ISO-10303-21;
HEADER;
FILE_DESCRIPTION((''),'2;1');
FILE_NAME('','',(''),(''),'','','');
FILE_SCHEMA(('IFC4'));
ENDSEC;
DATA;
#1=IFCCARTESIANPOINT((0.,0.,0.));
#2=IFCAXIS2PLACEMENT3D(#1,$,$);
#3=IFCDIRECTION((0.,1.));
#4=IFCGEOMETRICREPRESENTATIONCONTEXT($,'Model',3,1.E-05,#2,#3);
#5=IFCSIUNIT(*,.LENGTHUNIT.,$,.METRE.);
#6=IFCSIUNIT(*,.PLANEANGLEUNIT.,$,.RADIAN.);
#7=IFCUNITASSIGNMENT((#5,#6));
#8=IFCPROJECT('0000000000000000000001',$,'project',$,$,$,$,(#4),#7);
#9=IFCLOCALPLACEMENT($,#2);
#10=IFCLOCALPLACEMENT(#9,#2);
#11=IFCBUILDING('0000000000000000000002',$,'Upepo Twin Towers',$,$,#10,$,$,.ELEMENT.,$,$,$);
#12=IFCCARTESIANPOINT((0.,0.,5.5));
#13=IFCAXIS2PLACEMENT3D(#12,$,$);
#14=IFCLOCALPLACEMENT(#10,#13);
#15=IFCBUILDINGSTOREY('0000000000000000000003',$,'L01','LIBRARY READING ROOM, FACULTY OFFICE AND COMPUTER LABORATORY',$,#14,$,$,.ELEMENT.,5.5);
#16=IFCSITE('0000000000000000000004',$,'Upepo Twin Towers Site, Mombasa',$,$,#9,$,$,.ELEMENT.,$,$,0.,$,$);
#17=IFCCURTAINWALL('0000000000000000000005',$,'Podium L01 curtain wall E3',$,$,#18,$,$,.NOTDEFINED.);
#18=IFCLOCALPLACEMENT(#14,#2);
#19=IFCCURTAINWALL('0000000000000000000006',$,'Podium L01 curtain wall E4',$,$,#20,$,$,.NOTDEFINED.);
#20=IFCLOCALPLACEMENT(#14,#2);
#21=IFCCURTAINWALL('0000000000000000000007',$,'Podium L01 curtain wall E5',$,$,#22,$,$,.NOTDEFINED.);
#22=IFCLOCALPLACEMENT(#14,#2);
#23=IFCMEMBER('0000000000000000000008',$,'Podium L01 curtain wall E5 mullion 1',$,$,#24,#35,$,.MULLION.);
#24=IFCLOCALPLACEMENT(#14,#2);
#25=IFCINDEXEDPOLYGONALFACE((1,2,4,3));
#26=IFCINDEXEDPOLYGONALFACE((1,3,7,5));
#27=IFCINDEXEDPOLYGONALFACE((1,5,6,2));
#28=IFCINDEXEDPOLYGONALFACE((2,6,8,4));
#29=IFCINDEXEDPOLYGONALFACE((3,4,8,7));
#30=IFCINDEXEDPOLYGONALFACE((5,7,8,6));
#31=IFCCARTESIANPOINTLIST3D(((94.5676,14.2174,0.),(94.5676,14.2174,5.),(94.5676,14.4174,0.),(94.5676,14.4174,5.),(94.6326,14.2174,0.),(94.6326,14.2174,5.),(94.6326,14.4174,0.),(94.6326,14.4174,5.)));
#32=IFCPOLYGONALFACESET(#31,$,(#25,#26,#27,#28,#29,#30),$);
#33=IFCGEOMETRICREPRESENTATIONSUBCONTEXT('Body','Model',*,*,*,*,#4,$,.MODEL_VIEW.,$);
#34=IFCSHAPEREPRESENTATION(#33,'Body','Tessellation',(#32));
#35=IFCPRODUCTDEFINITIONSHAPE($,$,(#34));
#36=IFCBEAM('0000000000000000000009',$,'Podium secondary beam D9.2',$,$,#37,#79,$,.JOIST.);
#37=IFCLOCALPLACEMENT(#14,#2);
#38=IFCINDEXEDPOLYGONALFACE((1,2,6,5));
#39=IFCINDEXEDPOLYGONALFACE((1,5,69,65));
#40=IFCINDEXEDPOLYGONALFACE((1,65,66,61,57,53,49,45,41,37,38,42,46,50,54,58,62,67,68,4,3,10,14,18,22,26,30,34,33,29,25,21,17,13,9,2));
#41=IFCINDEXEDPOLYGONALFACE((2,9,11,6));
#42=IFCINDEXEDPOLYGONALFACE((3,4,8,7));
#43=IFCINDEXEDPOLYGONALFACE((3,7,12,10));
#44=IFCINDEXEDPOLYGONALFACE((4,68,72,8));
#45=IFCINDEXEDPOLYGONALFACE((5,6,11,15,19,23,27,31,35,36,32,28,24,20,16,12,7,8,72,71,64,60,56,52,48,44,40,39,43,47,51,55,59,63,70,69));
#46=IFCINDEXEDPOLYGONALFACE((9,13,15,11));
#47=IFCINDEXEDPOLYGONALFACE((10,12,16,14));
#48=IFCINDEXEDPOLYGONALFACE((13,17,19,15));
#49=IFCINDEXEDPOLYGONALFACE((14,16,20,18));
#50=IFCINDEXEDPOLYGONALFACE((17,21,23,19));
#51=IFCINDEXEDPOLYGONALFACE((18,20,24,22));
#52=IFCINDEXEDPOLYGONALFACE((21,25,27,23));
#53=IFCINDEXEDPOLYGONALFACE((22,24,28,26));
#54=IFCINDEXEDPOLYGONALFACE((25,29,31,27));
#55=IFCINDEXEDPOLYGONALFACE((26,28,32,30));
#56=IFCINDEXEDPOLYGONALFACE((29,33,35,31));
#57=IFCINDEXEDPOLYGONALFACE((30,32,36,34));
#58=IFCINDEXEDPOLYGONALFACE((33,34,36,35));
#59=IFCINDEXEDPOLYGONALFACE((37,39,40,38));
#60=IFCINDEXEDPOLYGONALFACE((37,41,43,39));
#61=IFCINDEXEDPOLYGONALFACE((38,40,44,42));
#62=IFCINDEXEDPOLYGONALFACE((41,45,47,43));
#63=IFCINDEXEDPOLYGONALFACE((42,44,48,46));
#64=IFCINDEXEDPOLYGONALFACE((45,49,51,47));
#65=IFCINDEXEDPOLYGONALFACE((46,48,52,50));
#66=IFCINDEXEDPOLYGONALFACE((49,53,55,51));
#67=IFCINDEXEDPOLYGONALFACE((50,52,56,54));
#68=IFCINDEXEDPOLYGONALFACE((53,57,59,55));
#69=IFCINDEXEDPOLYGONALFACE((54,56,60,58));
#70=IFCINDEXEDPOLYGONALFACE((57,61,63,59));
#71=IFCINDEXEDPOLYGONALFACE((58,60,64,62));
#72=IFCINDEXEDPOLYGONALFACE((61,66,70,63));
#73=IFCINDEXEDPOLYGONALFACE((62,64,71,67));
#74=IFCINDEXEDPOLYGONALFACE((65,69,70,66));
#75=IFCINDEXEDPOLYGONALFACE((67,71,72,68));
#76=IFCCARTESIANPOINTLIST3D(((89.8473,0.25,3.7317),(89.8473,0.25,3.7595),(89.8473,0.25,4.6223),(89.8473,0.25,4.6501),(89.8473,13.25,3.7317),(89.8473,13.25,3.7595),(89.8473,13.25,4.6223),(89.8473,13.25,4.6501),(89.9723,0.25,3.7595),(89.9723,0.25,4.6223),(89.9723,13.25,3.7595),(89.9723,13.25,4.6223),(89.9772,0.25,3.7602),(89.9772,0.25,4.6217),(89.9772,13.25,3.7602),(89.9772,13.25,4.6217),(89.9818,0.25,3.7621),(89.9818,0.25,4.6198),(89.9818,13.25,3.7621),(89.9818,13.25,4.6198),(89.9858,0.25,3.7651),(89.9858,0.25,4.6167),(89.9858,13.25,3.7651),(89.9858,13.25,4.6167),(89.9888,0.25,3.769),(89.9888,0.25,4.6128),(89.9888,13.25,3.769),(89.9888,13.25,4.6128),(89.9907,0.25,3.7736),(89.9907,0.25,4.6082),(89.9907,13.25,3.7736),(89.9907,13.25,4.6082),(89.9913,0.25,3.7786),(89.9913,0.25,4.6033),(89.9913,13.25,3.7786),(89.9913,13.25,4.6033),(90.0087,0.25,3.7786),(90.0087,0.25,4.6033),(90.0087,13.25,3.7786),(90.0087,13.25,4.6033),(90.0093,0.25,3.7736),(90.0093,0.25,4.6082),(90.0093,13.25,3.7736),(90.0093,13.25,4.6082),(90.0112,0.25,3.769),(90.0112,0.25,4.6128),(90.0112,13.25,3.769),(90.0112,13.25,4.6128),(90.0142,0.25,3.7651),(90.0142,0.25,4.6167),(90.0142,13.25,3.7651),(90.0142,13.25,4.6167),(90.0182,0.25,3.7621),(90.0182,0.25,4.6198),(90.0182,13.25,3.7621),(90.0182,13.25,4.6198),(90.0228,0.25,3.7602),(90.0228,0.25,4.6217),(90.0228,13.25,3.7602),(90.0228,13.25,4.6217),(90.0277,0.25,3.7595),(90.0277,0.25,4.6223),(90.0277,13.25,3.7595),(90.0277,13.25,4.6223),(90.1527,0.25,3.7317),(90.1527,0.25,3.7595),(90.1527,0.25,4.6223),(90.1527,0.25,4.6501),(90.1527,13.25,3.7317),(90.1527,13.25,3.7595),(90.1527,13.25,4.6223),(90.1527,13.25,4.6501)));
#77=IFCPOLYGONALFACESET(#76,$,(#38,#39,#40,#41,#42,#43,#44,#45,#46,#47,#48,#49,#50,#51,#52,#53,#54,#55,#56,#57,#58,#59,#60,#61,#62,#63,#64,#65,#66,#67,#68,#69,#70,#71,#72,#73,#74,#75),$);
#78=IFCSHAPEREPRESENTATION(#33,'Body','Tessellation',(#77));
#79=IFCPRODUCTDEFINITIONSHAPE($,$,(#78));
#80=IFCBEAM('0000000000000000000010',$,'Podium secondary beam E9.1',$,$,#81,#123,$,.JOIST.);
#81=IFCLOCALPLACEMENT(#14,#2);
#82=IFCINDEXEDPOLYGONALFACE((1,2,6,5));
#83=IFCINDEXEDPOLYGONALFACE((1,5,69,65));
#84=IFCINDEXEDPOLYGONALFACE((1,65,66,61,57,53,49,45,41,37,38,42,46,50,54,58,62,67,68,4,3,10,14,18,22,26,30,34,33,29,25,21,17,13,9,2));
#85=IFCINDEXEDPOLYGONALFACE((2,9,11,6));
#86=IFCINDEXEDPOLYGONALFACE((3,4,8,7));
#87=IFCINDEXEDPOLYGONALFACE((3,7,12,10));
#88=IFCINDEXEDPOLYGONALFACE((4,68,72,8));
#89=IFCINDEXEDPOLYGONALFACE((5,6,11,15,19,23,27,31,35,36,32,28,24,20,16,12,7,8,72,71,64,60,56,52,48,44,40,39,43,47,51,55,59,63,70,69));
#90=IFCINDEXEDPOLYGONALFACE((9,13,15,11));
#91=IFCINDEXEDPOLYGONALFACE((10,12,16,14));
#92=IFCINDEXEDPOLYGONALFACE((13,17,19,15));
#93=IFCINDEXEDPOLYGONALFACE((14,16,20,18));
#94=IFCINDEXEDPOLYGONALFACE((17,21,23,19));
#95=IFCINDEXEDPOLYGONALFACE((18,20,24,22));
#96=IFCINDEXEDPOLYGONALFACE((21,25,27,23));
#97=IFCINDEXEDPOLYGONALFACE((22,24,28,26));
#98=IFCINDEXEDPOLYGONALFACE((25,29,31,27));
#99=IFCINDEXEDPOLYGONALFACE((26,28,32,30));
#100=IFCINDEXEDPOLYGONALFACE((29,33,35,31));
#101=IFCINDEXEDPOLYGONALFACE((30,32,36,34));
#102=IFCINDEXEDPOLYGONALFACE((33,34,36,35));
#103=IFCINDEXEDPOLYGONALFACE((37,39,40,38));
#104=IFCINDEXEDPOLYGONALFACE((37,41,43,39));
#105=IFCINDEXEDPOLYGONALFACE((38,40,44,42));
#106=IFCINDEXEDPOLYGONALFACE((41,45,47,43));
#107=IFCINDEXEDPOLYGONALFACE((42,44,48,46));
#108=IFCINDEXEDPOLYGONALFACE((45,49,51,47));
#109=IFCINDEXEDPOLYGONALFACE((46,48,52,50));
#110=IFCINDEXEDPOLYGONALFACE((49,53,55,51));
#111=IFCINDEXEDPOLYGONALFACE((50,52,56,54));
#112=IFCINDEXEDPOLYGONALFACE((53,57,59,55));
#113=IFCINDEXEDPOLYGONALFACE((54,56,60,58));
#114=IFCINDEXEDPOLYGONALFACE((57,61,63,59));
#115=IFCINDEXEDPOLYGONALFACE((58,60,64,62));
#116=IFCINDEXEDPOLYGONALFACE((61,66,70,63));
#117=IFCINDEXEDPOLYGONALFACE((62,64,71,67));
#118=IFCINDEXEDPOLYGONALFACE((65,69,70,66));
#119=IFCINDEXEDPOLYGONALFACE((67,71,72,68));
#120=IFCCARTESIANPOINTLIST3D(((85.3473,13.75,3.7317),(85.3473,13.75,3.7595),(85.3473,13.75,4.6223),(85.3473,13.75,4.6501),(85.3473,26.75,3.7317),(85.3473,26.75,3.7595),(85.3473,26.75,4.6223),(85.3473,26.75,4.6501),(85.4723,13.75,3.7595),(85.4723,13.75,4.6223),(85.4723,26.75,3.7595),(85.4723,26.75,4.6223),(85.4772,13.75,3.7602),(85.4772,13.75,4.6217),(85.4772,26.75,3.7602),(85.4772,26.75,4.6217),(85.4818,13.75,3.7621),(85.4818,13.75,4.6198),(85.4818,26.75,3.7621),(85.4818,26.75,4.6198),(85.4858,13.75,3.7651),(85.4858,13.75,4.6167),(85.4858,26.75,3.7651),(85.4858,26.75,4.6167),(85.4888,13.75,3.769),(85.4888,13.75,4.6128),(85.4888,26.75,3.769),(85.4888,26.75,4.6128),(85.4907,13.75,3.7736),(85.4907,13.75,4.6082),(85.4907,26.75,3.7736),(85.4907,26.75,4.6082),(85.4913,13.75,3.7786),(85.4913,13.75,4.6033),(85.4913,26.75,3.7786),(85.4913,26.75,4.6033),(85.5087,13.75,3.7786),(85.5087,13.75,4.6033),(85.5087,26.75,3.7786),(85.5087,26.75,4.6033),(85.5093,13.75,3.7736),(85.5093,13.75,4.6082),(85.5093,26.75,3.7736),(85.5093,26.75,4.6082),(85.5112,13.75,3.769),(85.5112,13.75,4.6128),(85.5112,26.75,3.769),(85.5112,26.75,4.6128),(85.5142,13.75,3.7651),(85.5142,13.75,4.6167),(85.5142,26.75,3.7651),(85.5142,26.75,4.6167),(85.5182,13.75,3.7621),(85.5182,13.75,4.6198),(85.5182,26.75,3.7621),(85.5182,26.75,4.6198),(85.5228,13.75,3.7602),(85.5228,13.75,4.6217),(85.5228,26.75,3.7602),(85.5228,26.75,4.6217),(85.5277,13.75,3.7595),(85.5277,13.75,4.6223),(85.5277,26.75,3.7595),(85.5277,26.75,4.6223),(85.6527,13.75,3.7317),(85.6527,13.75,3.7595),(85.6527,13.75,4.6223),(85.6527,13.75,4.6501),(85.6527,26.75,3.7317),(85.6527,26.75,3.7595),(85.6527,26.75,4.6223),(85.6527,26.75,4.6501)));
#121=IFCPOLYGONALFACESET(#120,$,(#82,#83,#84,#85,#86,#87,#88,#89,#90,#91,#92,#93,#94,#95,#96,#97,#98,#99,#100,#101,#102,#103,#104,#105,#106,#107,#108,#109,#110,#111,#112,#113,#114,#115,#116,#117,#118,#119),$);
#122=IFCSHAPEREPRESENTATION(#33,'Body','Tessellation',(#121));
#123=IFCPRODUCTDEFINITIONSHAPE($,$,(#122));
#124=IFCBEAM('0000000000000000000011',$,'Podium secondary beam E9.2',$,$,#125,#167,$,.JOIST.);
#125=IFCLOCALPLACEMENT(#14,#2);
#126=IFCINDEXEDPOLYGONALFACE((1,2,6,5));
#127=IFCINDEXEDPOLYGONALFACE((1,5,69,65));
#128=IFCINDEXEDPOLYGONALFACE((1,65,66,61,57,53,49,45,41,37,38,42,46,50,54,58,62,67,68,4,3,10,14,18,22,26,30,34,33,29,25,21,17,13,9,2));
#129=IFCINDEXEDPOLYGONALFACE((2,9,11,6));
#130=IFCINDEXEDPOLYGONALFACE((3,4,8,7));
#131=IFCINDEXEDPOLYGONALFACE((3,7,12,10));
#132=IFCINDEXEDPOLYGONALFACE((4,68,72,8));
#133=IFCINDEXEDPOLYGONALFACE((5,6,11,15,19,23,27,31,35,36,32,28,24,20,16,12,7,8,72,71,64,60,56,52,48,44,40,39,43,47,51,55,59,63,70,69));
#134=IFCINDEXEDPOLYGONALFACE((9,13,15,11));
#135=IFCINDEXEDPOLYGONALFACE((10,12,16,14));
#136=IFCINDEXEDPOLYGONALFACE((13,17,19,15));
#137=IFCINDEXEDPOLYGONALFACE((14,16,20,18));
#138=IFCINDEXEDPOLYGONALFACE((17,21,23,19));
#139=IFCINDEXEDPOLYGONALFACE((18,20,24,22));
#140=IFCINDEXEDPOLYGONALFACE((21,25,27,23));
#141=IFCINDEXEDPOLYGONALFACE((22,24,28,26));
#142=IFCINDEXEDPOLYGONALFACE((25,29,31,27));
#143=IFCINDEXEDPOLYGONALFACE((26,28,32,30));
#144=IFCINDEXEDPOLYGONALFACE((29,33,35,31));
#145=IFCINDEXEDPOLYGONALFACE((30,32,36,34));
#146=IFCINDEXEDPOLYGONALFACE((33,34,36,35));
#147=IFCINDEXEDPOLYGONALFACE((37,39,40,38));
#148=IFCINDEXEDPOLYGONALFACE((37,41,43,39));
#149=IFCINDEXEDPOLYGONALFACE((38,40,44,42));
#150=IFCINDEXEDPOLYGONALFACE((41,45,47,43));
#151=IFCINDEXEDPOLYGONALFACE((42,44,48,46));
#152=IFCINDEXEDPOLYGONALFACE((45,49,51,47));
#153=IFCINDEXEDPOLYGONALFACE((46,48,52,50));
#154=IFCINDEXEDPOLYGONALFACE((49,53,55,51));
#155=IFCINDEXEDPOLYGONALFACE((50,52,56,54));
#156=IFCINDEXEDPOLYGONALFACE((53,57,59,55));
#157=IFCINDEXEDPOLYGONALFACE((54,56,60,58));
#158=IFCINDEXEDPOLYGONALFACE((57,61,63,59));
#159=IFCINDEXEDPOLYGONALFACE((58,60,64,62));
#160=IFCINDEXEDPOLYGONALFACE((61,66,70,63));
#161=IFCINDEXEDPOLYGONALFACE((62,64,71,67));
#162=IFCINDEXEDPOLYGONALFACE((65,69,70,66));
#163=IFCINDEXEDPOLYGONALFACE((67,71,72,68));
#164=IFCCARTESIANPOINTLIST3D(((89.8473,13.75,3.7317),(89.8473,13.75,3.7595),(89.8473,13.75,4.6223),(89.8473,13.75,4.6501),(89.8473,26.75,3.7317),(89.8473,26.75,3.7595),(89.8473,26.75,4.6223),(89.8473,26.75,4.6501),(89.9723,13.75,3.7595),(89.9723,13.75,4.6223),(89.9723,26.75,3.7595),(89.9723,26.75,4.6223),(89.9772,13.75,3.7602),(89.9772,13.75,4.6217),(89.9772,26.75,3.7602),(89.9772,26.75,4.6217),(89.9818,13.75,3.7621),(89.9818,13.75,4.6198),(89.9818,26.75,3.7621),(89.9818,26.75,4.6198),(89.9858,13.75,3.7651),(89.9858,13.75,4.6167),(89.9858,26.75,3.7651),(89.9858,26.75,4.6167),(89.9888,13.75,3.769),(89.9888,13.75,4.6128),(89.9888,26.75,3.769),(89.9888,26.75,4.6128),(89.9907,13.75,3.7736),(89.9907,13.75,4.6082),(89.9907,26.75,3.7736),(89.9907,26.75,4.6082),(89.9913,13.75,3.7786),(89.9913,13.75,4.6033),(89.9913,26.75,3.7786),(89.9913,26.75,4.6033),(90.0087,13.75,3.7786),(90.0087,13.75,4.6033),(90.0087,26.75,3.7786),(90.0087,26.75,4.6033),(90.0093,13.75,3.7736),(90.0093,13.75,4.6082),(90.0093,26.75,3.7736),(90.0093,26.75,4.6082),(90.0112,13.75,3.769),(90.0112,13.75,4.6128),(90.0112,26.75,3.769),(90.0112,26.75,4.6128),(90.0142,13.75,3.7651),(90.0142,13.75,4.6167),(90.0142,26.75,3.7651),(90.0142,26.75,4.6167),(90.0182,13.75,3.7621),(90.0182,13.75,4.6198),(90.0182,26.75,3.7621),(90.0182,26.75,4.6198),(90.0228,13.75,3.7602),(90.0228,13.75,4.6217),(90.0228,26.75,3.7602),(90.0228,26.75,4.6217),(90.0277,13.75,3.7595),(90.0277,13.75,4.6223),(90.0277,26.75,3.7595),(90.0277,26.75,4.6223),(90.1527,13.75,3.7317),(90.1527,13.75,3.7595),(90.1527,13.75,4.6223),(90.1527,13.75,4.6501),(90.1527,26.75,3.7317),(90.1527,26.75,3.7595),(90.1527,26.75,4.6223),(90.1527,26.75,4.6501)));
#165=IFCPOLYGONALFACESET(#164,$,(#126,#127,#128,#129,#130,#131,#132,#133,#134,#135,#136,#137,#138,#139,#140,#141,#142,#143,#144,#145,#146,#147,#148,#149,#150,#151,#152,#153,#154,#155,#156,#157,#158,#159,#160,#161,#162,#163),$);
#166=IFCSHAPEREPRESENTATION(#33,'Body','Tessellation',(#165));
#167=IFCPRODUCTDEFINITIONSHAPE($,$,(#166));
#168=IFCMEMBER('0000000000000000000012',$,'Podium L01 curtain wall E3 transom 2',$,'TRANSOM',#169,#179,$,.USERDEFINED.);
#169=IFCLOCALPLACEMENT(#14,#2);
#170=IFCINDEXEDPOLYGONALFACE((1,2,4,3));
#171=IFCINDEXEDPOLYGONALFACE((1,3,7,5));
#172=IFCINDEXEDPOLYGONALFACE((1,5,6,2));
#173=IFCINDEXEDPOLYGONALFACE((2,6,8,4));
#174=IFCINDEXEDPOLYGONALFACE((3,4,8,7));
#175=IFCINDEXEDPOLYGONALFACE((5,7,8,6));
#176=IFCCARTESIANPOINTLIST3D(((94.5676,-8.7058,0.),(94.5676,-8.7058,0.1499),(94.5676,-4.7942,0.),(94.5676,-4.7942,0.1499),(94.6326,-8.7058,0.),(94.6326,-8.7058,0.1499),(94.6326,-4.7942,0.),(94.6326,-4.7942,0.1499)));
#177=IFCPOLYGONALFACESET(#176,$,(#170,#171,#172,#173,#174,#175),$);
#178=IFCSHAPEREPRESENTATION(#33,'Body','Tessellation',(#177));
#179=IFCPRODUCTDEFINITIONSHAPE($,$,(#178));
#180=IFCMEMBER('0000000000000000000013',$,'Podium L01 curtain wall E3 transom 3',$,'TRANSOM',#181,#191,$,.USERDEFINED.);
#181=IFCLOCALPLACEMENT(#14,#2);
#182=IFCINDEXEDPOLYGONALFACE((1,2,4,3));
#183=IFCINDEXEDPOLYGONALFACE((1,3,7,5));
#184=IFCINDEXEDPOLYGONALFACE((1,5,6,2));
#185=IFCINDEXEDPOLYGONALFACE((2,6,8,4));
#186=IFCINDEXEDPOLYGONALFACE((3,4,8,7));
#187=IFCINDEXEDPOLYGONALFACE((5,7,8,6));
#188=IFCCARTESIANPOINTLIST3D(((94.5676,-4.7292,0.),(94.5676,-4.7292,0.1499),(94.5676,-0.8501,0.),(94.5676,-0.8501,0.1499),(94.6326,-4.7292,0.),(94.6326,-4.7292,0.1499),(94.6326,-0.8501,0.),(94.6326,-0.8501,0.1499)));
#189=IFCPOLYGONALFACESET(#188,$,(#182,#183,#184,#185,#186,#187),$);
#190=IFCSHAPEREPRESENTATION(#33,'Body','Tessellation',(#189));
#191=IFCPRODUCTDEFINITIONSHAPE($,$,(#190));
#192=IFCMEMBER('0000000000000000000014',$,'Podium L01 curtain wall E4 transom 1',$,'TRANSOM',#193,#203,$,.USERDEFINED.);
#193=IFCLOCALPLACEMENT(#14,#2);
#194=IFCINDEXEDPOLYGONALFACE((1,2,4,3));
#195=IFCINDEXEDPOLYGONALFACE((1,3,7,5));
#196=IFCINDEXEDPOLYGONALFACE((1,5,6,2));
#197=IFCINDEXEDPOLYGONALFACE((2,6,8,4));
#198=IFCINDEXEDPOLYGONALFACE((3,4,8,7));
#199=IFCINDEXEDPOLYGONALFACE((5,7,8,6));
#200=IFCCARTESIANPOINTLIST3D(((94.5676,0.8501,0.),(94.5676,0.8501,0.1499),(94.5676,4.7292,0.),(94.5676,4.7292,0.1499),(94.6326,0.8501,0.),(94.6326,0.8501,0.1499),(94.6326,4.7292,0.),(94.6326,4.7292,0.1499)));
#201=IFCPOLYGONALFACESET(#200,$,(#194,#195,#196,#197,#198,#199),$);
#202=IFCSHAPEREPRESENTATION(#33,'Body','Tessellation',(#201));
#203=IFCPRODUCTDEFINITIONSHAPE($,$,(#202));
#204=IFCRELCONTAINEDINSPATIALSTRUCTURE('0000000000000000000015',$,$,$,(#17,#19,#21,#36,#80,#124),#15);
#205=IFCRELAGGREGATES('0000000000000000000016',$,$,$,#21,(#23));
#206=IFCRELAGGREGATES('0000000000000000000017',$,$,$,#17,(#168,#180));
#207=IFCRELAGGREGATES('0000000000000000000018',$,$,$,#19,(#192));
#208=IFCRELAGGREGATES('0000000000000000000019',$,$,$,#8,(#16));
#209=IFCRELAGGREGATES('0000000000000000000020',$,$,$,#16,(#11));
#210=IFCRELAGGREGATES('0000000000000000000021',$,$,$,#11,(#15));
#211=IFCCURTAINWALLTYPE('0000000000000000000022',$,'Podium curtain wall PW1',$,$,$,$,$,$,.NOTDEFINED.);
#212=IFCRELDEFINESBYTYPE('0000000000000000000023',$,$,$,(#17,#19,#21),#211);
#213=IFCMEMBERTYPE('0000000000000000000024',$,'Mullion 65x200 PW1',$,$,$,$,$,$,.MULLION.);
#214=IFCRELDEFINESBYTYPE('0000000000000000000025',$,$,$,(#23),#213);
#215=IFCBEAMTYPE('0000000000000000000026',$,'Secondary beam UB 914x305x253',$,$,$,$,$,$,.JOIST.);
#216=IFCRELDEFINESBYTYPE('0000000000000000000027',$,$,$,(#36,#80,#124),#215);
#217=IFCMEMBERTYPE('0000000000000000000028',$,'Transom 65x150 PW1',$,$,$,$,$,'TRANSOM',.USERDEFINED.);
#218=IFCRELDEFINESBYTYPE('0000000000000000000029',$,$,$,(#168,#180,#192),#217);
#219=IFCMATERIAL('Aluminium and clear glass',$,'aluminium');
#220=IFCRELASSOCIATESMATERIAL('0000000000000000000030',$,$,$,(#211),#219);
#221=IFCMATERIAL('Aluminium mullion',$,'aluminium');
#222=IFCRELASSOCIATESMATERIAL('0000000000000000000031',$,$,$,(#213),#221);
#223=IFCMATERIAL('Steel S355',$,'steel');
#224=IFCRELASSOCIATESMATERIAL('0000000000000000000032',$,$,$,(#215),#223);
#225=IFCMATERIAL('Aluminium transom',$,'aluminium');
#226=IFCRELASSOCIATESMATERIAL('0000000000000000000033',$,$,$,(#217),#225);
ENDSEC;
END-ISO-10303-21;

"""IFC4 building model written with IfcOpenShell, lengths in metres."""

from ifc_helpers import new_model, si_unit, direction, frame, origin, origin_2d, place, context, subcontext, project, spatial, rectangle, i_section, extrude, material, material_profile, profile_set, type_object, element, aggregate, save


model = new_model("IFC4")

# Units and contexts
model_context = context("Model", 3, precision=1e-05, world=origin(), true_north=direction((0.0, 1.0)))
body_context = subcontext(model_context, "Body", "Model", "MODEL_VIEW")
ifc_project = project(units=[si_unit("LENGTHUNIT", "METRE"), si_unit("PLANEANGLEUNIT", "RADIAN")], contexts=[model_context])

# Site, building, storey
site_placement = place(None, origin())
site = spatial("IfcSite", under=ifc_project, at=site_placement, Name="Upepo Twin Towers Site, Mombasa", CompositionType="ELEMENT", RefElevation=0.0)
building_placement = place(site_placement, origin())
building = spatial("IfcBuilding", under=site, at=building_placement, Name="Upepo Twin Towers", CompositionType="ELEMENT")
storey_placement = place(building_placement, frame((0.0, 0.0, 5.5)))
storey = spatial("IfcBuildingStorey", under=building, at=storey_placement, Name="L01", Description="LIBRARY READING ROOM, FACULTY OFFICE AND COMPUTER LABORATORY", CompositionType="ELEMENT", Elevation=5.5)

# Curtain walls
ifc_material_1 = material(Name="Aluminium and clear glass", Category="aluminium")
curtain_wall_type = type_object("IfcCurtainWallType", Name="Podium curtain wall PW1", PredefinedType="NOTDEFINED", material=ifc_material_1)
curtain_wall_1_placement = place(storey_placement, origin())
curtain_wall_1 = element("IfcCurtainWall", 1, at=curtain_wall_1_placement, inside=storey, type_object=curtain_wall_type, Name="Podium L01 curtain wall E3", PredefinedType="NOTDEFINED")
ifc_material_2 = material(Name="Aluminium mullion", Category="aluminium")
ifc_material_profile_1 = material_profile(ifc_material_2, rectangle(XDim=0.0649, YDim=0.2, at=origin_2d()), Name="MULLION 65x200 PODIUM")
ifc_profile_set_1 = profile_set([ifc_material_profile_1], Name="Aluminium mullion")
member_type_1 = type_object("IfcMemberType", Name="Mullion 65x200 PW1", PredefinedType="MULLION", material=ifc_profile_set_1)
curtain_wall_2_placement = place(storey_placement, origin())
curtain_wall_2 = element("IfcCurtainWall", 2, at=curtain_wall_2_placement, inside=storey, type_object=curtain_wall_type, Name="Podium L01 curtain wall E4", PredefinedType="NOTDEFINED")

# Curtain wall, member
curtain_wall_3_placement = place(storey_placement, origin())
curtain_wall_3 = element("IfcCurtainWall", 3, at=curtain_wall_3_placement, inside=storey, type_object=curtain_wall_type, Name="Podium L01 curtain wall E5", PredefinedType="NOTDEFINED")
member_1_placement = place(storey_placement, frame((94.6001, 14.3174, 0.0), z_axis=(0.0, 0.0, 1.0), x_axis=(-1.0, 0.0, 0.0)))
member_1 = element("IfcMember", 4, at=member_1_placement, type_object=member_type_1, Name="Podium L01 curtain wall E5 mullion 1", PredefinedType="MULLION", context=body_context, shape_type="SweptSolid", body=[
    extrude(rectangle(XDim=0.0649, YDim=0.2, at=origin_2d()), origin(), (0.0, 0.0, 1.0), 5.0),
])

# Beams
ifc_material_3 = material(Name="Steel S355", Category="steel")
ifc_material_profile_2 = material_profile(ifc_material_3, i_section(OverallWidth=0.3054, OverallDepth=0.9185, WebThickness=0.0173, FlangeThickness=0.0278, FilletRadius=0.019, at=origin_2d()), Name="UB 914x305x253")
ifc_profile_set_2 = profile_set([ifc_material_profile_2], Name="Steel S355")
beam_type_1 = type_object("IfcBeamType", Name="Secondary beam UB 914x305x253", PredefinedType="JOIST", material=ifc_profile_set_2)
for number, where, z_axis, x_axis, name in (
    (5, (90.0, 0.25, 4.1909), (0.0, 1.0, 0.0), (-1.0, 0.0, 0.0), "Podium secondary beam D9.2"),
    (6, (85.5, 13.75, 4.1909), (0.0, 1.0, 0.0), (-1.0, 0.0, 0.0), "Podium secondary beam E9.1"),
    (7, (90.0, 13.75, 4.1909), (0.0, 1.0, 0.0), (-1.0, 0.0, 0.0), "Podium secondary beam E9.2"),
):
    element("IfcBeam", number, at=place(storey_placement, frame(where, z_axis=z_axis, x_axis=x_axis)), inside=storey, type_object=beam_type_1, Name=name, PredefinedType="JOIST", context=body_context, shape_type="SweptSolid", body=[
        extrude(i_section(OverallWidth=0.3054, OverallDepth=0.9185, WebThickness=0.0173, FlangeThickness=0.0278, FilletRadius=0.019, at=origin_2d()), origin(), (0.0, 0.0, 1.0), 13.0),
    ])

# Members
ifc_material_4 = material(Name="Aluminium transom", Category="aluminium")
ifc_material_profile_3 = material_profile(ifc_material_4, rectangle(XDim=0.0649, YDim=0.1499, at=origin_2d()), Name="TRANSOM 65x150 PODIUM")
ifc_profile_set_3 = profile_set([ifc_material_profile_3], Name="Aluminium transom")
member_type_2 = type_object("IfcMemberType", Name="Transom 65x150 PW1", ElementType="TRANSOM", PredefinedType="USERDEFINED", material=ifc_profile_set_3)
member_2_placement = place(storey_placement, frame((94.6001, -8.7058, 0.075), z_axis=(0.0, 1.0, 0.0), x_axis=(-1.0, 0.0, 0.0)))
member_2 = element("IfcMember", 8, at=member_2_placement, type_object=member_type_2, Name="Podium L01 curtain wall E3 transom 2", ObjectType="TRANSOM", PredefinedType="USERDEFINED", context=body_context, shape_type="SweptSolid", body=[
    extrude(rectangle(XDim=0.0649, YDim=0.1499, at=origin_2d()), origin(), (0.0, 0.0, 1.0), 3.9116),
])
member_3_placement = place(storey_placement, frame((94.6001, -4.7292, 0.075), z_axis=(0.0, 1.0, 0.0), x_axis=(-1.0, 0.0, 0.0)))
member_3 = element("IfcMember", 9, at=member_3_placement, type_object=member_type_2, Name="Podium L01 curtain wall E3 transom 3", ObjectType="TRANSOM", PredefinedType="USERDEFINED", context=body_context, shape_type="SweptSolid", body=[
    extrude(rectangle(XDim=0.0649, YDim=0.1499, at=origin_2d()), origin(), (0.0, 0.0, 1.0), 3.8792),
])
member_4_placement = place(storey_placement, frame((94.6001, 0.8501, 0.075), z_axis=(0.0, 1.0, 0.0), x_axis=(-1.0, 0.0, 0.0)))
member_4 = element("IfcMember", 10, at=member_4_placement, type_object=member_type_2, Name="Podium L01 curtain wall E4 transom 1", ObjectType="TRANSOM", PredefinedType="USERDEFINED", context=body_context, shape_type="SweptSolid", body=[
    extrude(rectangle(XDim=0.0649, YDim=0.1499, at=origin_2d()), origin(), (0.0, 0.0, 1.0), 3.8792),
])
aggregate(curtain_wall_3, [member_1])

aggregate(curtain_wall_1, [member_2, member_3])
aggregate(curtain_wall_2, [member_4])

save(model, "model.ifc")
